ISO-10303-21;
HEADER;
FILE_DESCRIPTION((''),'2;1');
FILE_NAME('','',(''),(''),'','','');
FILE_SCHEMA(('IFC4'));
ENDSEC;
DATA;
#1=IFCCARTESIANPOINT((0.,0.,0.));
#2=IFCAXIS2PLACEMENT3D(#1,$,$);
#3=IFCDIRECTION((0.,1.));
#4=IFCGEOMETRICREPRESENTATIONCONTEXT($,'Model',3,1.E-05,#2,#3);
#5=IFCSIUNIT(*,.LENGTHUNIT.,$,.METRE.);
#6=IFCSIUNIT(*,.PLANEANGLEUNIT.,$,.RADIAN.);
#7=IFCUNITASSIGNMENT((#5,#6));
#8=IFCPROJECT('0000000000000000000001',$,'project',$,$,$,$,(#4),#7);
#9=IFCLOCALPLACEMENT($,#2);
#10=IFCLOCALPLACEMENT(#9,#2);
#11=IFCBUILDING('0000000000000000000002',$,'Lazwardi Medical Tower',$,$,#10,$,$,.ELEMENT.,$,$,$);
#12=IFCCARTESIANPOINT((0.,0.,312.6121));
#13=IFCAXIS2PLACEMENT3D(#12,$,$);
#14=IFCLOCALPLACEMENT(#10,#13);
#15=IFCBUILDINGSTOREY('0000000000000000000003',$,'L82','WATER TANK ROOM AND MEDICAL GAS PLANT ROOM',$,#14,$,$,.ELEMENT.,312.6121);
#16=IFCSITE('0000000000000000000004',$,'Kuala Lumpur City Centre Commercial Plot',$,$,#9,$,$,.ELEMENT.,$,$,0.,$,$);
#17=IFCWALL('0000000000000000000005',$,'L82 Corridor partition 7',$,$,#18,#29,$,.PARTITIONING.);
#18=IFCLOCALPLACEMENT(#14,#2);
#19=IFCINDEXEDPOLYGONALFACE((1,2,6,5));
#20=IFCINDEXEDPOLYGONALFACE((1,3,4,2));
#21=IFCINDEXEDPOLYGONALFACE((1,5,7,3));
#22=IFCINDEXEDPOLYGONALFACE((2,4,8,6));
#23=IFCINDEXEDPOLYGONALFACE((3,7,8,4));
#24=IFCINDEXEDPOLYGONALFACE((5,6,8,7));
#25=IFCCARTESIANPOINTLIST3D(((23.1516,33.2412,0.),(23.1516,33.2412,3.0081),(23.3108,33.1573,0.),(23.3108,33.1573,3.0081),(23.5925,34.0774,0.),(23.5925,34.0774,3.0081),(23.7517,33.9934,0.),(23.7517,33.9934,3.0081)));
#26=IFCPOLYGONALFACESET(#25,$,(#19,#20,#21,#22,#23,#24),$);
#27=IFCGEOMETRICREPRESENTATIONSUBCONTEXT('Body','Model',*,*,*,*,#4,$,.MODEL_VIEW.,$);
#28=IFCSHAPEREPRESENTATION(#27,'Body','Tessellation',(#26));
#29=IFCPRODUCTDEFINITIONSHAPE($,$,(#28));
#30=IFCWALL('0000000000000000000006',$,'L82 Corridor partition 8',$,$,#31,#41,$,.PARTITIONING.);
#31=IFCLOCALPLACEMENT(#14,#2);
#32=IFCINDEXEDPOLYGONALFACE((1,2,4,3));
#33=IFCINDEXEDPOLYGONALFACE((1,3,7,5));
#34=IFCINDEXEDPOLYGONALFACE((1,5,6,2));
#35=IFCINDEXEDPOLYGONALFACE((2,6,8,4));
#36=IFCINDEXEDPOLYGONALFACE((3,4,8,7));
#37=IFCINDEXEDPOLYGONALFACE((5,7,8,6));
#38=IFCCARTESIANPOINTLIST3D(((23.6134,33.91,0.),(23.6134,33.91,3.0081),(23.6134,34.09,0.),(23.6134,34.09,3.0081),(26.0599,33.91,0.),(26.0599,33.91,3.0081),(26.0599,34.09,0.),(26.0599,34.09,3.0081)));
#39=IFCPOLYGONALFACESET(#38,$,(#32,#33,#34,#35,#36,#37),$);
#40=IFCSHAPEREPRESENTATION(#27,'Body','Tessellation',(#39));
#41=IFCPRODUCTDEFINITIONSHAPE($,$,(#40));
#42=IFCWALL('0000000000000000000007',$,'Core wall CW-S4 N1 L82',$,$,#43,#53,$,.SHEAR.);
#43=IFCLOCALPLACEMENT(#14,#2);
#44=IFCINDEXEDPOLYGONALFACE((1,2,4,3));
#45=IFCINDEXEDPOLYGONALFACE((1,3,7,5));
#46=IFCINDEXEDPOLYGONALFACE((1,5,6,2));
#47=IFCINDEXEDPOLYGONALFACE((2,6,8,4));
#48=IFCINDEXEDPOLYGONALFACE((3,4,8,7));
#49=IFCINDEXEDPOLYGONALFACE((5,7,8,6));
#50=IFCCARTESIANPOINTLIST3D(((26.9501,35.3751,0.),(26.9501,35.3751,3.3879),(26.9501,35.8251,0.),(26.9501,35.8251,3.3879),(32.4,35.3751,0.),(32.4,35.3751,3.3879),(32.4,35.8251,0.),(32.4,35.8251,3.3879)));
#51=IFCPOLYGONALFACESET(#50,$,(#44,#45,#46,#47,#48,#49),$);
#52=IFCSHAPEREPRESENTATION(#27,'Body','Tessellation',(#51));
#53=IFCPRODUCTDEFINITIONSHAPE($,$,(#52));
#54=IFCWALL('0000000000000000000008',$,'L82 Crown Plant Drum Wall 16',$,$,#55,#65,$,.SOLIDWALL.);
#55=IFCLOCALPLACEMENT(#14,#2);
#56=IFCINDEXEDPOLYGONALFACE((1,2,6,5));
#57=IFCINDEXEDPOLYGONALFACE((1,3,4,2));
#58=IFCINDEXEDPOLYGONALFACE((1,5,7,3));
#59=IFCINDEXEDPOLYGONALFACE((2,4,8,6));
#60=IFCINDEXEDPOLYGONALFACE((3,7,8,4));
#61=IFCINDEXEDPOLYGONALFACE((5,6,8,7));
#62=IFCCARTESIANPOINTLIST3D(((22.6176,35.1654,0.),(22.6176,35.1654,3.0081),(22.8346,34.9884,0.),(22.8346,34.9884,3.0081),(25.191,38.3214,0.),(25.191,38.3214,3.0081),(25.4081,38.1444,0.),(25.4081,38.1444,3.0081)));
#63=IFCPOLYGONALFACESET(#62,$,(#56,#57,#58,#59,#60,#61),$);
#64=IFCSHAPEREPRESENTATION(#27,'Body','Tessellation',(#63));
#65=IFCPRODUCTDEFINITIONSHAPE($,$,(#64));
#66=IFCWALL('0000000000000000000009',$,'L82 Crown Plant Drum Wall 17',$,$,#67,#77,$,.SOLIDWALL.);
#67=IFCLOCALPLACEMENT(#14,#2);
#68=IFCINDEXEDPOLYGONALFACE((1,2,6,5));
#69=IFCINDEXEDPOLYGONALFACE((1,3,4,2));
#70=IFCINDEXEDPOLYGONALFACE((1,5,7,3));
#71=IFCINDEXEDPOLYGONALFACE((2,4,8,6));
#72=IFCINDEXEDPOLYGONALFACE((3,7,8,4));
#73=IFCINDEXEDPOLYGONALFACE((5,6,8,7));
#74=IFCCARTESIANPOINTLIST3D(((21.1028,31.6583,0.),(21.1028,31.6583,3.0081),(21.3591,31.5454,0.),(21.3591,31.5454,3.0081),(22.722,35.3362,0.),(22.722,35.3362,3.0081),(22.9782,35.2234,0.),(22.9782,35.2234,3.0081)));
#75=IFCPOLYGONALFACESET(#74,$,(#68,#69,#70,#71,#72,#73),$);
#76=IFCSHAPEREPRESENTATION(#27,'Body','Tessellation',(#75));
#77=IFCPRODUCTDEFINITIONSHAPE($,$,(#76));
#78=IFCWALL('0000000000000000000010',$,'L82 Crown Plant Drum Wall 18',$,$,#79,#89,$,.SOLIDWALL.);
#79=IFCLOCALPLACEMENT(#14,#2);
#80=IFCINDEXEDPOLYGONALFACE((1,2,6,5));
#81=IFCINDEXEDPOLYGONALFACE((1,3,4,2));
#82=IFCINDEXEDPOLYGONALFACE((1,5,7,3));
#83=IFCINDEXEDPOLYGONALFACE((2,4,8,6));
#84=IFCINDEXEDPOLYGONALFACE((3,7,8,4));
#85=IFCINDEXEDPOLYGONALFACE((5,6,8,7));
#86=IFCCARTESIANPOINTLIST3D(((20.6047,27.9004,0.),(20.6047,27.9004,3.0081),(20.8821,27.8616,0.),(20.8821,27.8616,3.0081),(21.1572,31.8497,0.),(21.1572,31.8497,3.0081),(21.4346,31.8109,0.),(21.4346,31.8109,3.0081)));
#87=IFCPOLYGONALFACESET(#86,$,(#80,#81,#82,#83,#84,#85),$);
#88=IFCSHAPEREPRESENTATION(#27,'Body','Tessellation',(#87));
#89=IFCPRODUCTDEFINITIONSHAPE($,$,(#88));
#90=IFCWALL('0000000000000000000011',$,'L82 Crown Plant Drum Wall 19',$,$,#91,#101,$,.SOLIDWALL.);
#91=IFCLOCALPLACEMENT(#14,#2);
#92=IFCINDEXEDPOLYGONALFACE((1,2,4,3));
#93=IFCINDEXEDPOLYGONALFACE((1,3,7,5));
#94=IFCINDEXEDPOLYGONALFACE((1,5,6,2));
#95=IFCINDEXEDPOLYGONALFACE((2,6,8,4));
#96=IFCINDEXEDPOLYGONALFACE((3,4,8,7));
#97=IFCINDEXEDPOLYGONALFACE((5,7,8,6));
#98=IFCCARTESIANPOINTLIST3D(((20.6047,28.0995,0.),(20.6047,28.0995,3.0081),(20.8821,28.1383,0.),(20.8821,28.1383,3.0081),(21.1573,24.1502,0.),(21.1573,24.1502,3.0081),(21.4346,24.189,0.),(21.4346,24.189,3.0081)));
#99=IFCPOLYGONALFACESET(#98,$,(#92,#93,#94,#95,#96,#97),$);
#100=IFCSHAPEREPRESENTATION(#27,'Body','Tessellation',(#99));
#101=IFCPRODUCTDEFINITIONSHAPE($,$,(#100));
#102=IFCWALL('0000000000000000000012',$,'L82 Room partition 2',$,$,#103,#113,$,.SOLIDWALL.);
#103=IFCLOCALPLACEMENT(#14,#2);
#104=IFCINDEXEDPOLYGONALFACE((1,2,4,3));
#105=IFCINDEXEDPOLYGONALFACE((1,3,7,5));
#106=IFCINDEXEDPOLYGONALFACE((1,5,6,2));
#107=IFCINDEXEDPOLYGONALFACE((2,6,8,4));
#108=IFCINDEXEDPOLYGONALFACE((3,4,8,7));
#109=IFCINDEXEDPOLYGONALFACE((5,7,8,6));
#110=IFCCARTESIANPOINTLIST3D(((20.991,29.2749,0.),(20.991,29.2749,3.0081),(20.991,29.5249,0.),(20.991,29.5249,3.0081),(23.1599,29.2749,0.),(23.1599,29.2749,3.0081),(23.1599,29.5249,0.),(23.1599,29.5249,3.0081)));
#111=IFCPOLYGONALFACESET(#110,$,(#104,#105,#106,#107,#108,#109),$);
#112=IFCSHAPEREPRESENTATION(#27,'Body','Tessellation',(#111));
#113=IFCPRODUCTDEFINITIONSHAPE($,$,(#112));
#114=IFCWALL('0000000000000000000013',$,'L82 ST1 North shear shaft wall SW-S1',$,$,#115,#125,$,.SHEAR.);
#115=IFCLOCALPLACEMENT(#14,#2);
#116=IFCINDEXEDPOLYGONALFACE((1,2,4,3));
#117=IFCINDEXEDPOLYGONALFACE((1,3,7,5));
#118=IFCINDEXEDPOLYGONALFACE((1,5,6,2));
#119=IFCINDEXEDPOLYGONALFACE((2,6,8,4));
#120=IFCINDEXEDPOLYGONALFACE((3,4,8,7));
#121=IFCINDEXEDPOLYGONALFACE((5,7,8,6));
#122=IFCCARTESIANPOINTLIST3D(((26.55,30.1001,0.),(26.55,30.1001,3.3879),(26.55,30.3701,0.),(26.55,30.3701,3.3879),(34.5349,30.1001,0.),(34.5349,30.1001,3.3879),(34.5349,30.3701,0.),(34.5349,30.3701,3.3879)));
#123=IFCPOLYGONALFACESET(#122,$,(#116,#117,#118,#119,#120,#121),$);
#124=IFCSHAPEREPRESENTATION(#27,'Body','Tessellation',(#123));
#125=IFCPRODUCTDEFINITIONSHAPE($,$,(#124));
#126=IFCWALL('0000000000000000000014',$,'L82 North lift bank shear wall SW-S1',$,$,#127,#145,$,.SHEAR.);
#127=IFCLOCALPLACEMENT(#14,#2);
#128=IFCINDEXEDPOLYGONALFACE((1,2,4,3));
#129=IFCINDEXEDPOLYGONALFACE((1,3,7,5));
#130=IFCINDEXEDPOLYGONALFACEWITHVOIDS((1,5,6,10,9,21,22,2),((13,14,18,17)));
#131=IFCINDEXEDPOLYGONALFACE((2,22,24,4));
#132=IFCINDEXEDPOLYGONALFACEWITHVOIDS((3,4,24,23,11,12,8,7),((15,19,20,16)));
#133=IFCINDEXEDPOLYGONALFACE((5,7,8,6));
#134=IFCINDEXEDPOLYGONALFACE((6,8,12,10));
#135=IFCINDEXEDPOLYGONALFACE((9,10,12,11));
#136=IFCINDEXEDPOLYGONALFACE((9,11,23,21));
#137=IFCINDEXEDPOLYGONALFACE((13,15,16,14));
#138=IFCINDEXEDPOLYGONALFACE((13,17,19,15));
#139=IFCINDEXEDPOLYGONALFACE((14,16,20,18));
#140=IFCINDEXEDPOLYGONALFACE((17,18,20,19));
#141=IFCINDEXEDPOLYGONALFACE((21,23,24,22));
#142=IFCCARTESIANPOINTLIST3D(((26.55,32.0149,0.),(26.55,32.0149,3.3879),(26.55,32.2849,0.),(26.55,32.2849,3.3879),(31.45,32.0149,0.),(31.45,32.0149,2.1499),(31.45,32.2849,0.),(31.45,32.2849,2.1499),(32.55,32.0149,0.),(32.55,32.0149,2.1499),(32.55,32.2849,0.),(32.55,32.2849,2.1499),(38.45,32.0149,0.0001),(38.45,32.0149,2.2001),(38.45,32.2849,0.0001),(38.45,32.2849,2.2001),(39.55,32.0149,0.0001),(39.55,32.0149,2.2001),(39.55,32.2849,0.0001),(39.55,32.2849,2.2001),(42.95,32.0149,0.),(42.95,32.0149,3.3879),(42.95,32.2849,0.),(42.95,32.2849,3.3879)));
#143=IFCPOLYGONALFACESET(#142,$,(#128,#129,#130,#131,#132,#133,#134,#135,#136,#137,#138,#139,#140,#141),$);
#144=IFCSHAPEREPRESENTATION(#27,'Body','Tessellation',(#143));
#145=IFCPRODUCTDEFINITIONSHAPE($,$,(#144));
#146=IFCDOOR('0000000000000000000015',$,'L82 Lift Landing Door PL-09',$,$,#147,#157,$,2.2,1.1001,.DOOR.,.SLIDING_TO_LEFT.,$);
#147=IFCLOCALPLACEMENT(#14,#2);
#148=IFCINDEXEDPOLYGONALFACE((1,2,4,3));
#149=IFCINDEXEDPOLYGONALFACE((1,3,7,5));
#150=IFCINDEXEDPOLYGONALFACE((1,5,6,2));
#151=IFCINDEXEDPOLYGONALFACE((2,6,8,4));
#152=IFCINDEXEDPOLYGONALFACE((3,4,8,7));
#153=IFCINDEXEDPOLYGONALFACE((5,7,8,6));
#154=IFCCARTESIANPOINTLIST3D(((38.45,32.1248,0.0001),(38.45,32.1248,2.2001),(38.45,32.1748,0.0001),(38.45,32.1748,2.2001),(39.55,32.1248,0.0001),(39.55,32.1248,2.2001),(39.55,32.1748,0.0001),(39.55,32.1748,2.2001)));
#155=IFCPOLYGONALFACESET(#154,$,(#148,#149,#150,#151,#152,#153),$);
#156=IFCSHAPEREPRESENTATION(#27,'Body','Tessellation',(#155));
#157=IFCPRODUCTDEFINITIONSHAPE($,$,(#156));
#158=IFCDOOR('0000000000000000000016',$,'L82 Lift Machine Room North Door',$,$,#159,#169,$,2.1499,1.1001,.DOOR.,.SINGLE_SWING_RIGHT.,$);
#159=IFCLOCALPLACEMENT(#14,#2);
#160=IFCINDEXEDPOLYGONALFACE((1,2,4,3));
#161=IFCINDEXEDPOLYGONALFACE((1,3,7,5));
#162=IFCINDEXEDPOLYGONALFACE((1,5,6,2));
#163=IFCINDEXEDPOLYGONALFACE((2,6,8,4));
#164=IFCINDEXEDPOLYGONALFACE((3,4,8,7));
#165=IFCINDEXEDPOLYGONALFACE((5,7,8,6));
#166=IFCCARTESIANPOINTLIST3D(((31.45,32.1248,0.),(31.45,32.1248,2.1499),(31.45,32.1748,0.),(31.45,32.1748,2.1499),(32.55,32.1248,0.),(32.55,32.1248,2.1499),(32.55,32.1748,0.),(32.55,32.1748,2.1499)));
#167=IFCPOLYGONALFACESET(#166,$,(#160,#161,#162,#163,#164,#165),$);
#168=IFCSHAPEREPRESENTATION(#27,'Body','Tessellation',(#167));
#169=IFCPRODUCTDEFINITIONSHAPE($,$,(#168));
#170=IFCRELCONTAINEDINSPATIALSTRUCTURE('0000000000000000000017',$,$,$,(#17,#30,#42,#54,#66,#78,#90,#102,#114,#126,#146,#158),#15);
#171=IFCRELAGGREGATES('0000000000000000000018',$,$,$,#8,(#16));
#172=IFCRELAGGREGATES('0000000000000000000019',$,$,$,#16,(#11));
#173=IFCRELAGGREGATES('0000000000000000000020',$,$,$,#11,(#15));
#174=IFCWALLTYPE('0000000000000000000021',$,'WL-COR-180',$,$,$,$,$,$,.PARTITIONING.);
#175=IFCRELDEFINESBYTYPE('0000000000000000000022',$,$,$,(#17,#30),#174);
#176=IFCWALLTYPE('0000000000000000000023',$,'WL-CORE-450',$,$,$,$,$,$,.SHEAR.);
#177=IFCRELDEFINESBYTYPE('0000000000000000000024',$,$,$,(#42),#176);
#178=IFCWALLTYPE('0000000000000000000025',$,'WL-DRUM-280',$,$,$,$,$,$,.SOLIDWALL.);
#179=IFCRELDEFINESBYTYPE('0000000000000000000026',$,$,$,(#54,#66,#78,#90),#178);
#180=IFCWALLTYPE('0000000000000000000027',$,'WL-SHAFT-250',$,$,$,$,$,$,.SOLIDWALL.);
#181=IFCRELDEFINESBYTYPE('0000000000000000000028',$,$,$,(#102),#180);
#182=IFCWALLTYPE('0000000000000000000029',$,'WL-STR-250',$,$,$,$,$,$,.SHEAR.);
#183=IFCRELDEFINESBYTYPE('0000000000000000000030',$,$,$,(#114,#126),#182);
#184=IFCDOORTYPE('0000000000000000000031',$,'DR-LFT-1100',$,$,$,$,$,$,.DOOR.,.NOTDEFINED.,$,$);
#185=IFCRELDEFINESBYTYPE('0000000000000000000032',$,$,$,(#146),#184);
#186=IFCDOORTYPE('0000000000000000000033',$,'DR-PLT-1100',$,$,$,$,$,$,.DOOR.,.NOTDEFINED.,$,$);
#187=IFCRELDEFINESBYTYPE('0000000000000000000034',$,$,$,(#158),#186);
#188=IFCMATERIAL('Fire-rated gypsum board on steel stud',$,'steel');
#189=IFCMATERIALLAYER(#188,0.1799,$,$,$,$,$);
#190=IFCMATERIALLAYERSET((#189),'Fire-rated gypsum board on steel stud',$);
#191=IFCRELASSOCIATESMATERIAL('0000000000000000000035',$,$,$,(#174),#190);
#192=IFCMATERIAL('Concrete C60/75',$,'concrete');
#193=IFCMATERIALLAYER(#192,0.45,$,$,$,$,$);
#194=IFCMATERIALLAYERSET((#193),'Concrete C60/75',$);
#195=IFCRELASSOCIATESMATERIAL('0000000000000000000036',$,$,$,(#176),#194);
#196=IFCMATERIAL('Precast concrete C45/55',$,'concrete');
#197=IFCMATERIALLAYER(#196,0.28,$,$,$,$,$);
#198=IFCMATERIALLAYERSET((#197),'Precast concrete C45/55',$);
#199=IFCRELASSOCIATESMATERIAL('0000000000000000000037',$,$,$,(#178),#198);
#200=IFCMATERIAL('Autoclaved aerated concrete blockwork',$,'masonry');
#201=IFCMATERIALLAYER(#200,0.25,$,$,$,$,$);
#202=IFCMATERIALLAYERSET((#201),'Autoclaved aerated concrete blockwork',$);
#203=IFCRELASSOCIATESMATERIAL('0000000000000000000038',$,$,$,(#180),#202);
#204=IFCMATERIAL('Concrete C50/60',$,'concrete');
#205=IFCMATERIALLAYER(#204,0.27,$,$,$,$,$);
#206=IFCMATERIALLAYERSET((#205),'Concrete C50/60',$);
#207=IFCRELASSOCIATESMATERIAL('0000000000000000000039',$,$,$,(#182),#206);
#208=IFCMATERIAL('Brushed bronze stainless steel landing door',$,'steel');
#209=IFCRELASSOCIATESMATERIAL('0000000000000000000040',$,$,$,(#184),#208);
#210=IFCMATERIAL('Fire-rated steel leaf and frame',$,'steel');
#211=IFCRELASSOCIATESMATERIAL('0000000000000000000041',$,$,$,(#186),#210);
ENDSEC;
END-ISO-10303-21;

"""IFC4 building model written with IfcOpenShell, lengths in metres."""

from ifc_helpers import new_model, si_unit, direction, frame, frame_2d, origin, place, context, subcontext, project, spatial, rectangle, extrude, material, layer, layer_set, type_object, element, fill, save


model = new_model("IFC4")

# Units and contexts
model_context = context("Model", 3, precision=1e-05, world=origin(), true_north=direction((0.0, 1.0)))
body_context = subcontext(model_context, "Body", "Model", "MODEL_VIEW")
ifc_project = project(units=[si_unit("LENGTHUNIT", "METRE"), si_unit("PLANEANGLEUNIT", "RADIAN")], contexts=[model_context])

# Site, building, storey
site_placement = place(None, origin())
site = spatial("IfcSite", under=ifc_project, at=site_placement, Name="Kuala Lumpur City Centre Commercial Plot", CompositionType="ELEMENT", RefElevation=0.0)
building_placement = place(site_placement, origin())
building = spatial("IfcBuilding", under=site, at=building_placement, Name="Lazwardi Medical Tower", CompositionType="ELEMENT")
storey_placement = place(building_placement, frame((0.0, 0.0, 312.6121)))
storey = spatial("IfcBuildingStorey", under=building, at=storey_placement, Name="L82", Description="WATER TANK ROOM AND MEDICAL GAS PLANT ROOM", CompositionType="ELEMENT", Elevation=312.6121)

# Shared definitions
ifc_material_1 = material(Name="Concrete C60/75", Category="concrete")

# Walls
ifc_material_2 = material(Name="Fire-rated gypsum board on steel stud", Category="steel")
ifc_layer_1 = layer(ifc_material_2, 0.1799)
ifc_layer_set_1 = layer_set([ifc_layer_1], Name="Fire-rated gypsum board on steel stud")
wall_type_1 = type_object("IfcWallType", Name="WL-COR-180", PredefinedType="PARTITIONING", material=ifc_layer_set_1)
wall_1_placement = place(storey_placement, frame((23.2312, 33.1992, 0.0), z_axis=(0.0, 0.0, 1.0), x_axis=(0.466428, 0.884559, 0.0)))
element("IfcWall", 1, at=wall_1_placement, inside=storey, type_object=wall_type_1, Name="L82 Corridor partition 7", PredefinedType="PARTITIONING", context=body_context, shape_type="SweptSolid", body=[
    extrude(rectangle(XDim=0.9453, YDim=0.1799, at=frame_2d((0.4727, 0.0))), origin(), (0.0, 0.0, 1.0), 3.0081),
])
wall_2_placement = place(storey_placement, frame((23.6135, 34.0, 0.0), z_axis=(0.0, 0.0, 1.0), x_axis=(1.0, 0.0, 0.0)))
element("IfcWall", 2, at=wall_2_placement, inside=storey, type_object=wall_type_1, Name="L82 Corridor partition 8", PredefinedType="PARTITIONING", context=body_context, shape_type="SweptSolid", body=[
    extrude(rectangle(XDim=2.4465, YDim=0.1799, at=frame_2d((1.2231, 0.0))), origin(), (0.0, 0.0, 1.0), 3.0081),
])
ifc_layer_2 = layer(ifc_material_1, 0.45)
ifc_layer_set_2 = layer_set([ifc_layer_2], Name="Concrete C60/75")
wall_type_2 = type_object("IfcWallType", Name="WL-CORE-450", PredefinedType="SHEAR", material=ifc_layer_set_2)
wall_3_placement = place(storey_placement, frame((26.95, 35.6001, 0.0), z_axis=(0.0, 0.0, 1.0), x_axis=(1.0, 0.0, 0.0)))
element("IfcWall", 3, at=wall_3_placement, inside=storey, type_object=wall_type_2, Name="Core wall CW-S4 N1 L82", PredefinedType="SHEAR", context=body_context, shape_type="SweptSolid", body=[
    extrude(rectangle(XDim=5.45, YDim=0.45, at=frame_2d((2.7251, 0.0))), origin(), (0.0, 0.0, 1.0), 3.3879),
])
ifc_material_3 = material(Name="Precast concrete C45/55", Category="concrete")
ifc_layer_3 = layer(ifc_material_3, 0.28)
ifc_layer_set_3 = layer_set([ifc_layer_3], Name="Precast concrete C45/55")
wall_type_3 = type_object("IfcWallType", Name="WL-DRUM-280", PredefinedType="SOLIDWALL", material=ifc_layer_set_3)
wall_4_placement = place(storey_placement, frame((25.2996, 38.2329, 0.0), z_axis=(0.0, 0.0, 1.0), x_axis=(-0.631957, -0.775003, 0.0)))
element("IfcWall", 4, at=wall_4_placement, inside=storey, type_object=wall_type_3, Name="L82 Crown Plant Drum Wall 16", PredefinedType="SOLIDWALL", context=body_context, shape_type="SweptSolid", body=[
    extrude(rectangle(XDim=4.0723, YDim=0.28, at=frame_2d((2.0361, 0.0))), origin(), (0.0, 0.0, 1.0), 3.0081),
])
wall_5_placement = place(storey_placement, frame((22.8501, 35.2798, 0.0), z_axis=(0.0, 0.0, 1.0), x_axis=(-0.402912, -0.915239, 0.0)))
element("IfcWall", 5, at=wall_5_placement, inside=storey, type_object=wall_type_3, Name="L82 Crown Plant Drum Wall 17", PredefinedType="SOLIDWALL", context=body_context, shape_type="SweptSolid", body=[
    extrude(rectangle(XDim=4.0186, YDim=0.28, at=frame_2d((2.0093, 0.0))), origin(), (0.0, 0.0, 1.0), 3.0081),
])
for number, where, z_axis, x_axis, name in (
    (6, (21.2959, 31.8303, 0.0), (0.0, 0.0, 1.0), (-0.138549, -0.990356, 0.0), "L82 Crown Plant Drum Wall 18"),
    (7, (20.7434, 28.1189, 0.0), (0.0, 0.0, 1.0), (0.138549, -0.990356, 0.0), "L82 Crown Plant Drum Wall 19"),
):
    element("IfcWall", number, at=place(storey_placement, frame(where, z_axis=z_axis, x_axis=x_axis)), inside=storey, type_object=wall_type_3, Name=name, PredefinedType="SOLIDWALL", context=body_context, shape_type="SweptSolid", body=[
        extrude(rectangle(XDim=3.9878, YDim=0.28, at=frame_2d((1.9939, 0.0))), origin(), (0.0, 0.0, 1.0), 3.0081),
    ])
ifc_material_4 = material(Name="Autoclaved aerated concrete blockwork", Category="masonry")
ifc_layer_4 = layer(ifc_material_4, 0.25)
ifc_layer_set_4 = layer_set([ifc_layer_4], Name="Autoclaved aerated concrete blockwork")
wall_type_4 = type_object("IfcWallType", Name="WL-SHAFT-250", PredefinedType="SOLIDWALL", material=ifc_layer_set_4)
wall_6_placement = place(storey_placement, frame((20.991, 29.3999, 0.0), z_axis=(0.0, 0.0, 1.0), x_axis=(1.0, 0.0, 0.0)))
element("IfcWall", 8, at=wall_6_placement, inside=storey, type_object=wall_type_4, Name="L82 Room partition 2", PredefinedType="SOLIDWALL", context=body_context, shape_type="SweptSolid", body=[
    extrude(rectangle(XDim=2.1689, YDim=0.25, at=frame_2d((1.0845, 0.0))), origin(), (0.0, 0.0, 1.0), 3.0081),
])
ifc_material_5 = material(Name="Concrete C50/60", Category="concrete")
ifc_layer_5 = layer(ifc_material_5, 0.27)
ifc_layer_set_5 = layer_set([ifc_layer_5], Name="Concrete C50/60")
wall_type_5 = type_object("IfcWallType", Name="WL-STR-250", PredefinedType="SHEAR", material=ifc_layer_set_5)
wall_7_placement = place(storey_placement, frame((26.55, 30.2351, 0.0), z_axis=(0.0, 0.0, 1.0), x_axis=(1.0, 0.0, 0.0)))
element("IfcWall", 9, at=wall_7_placement, inside=storey, type_object=wall_type_5, Name="L82 ST1 North shear shaft wall SW-S1", PredefinedType="SHEAR", context=body_context, shape_type="SweptSolid", body=[
    extrude(rectangle(XDim=7.9849, YDim=0.27, at=frame_2d((3.9924, 0.0))), origin(), (0.0, 0.0, 1.0), 3.3879),
])

# Wall, openings, doors
wall_8_placement = place(storey_placement, frame((26.55, 32.1499, 0.0), z_axis=(0.0, 0.0, 1.0), x_axis=(1.0, 0.0, 0.0)))
wall_8 = element("IfcWall", 10, at=wall_8_placement, inside=storey, type_object=wall_type_5, Name="L82 North lift bank shear wall SW-S1", PredefinedType="SHEAR", context=body_context, shape_type="SweptSolid", body=[
    extrude(rectangle(XDim=16.3999, YDim=0.27, at=frame_2d((8.2, 0.0))), origin(), (0.0, 0.0, 1.0), 3.3879),
])
opening_1_placement = place(wall_8_placement, frame((4.8999, 0.0, 0.0)))
opening_1 = element("IfcOpeningElement", 11, at=opening_1_placement, cuts=wall_8, PredefinedType="OPENING", context=body_context, shape_type="SweptSolid", body=[
    extrude(rectangle(XDim=1.1001, YDim=2.1499, at=frame_2d((0.55, 1.075))), frame((0.0, 0.145, 0.0), z_axis=(0.0, -1.0, 0.0), x_axis=(1.0, 0.0, 0.0)), (0.0, 0.0, 1.0), 0.29),
])
opening_2_placement = place(wall_8_placement, frame((11.8999, 0.0, 0.0)))
opening_2 = element("IfcOpeningElement", 12, at=opening_2_placement, cuts=wall_8, PredefinedType="OPENING", context=body_context, shape_type="SweptSolid", body=[
    extrude(rectangle(XDim=1.1001, YDim=2.2, at=frame_2d((0.55, 1.1001))), frame((0.0, 0.145, 0.0), z_axis=(0.0, -1.0, 0.0), x_axis=(1.0, 0.0, 0.0)), (0.0, 0.0, 1.0), 0.29),
])
ifc_material_6 = material(Name="Brushed bronze stainless steel landing door", Category="steel")
door_type_1 = type_object("IfcDoorType", Name="DR-LFT-1100", OperationType="NOTDEFINED", PredefinedType="DOOR", material=ifc_material_6)
door_1_placement = place(opening_2_placement, origin())
door_1 = element("IfcDoor", 13, at=door_1_placement, inside=storey, type_object=door_type_1, Name="L82 Lift Landing Door PL-09", OperationType="SLIDING_TO_LEFT", OverallHeight=2.2, OverallWidth=1.1001, PredefinedType="DOOR", context=body_context, shape_type="SweptSolid", body=[
    extrude(rectangle(XDim=1.1001, YDim=2.2, at=frame_2d((0.55, 1.1001))), frame((0.0, 0.0249, 0.0), z_axis=(0.0, -1.0, 0.0), x_axis=(1.0, 0.0, 0.0)), (0.0, 0.0, 1.0), 0.05),
])
fill(opening_2, door_1)
ifc_material_7 = material(Name="Fire-rated steel leaf and frame", Category="steel")
door_type_2 = type_object("IfcDoorType", Name="DR-PLT-1100", OperationType="NOTDEFINED", PredefinedType="DOOR", material=ifc_material_7)
door_2_placement = place(opening_1_placement, origin())
door_2 = element("IfcDoor", 14, at=door_2_placement, inside=storey, type_object=door_type_2, Name="L82 Lift Machine Room North Door", OperationType="SINGLE_SWING_RIGHT", OverallHeight=2.1499, OverallWidth=1.1001, PredefinedType="DOOR", context=body_context, shape_type="SweptSolid", body=[
    extrude(rectangle(XDim=1.1001, YDim=2.1499, at=frame_2d((0.55, 1.075))), frame((0.0, 0.0249, 0.0), z_axis=(0.0, -1.0, 0.0), x_axis=(1.0, 0.0, 0.0)), (0.0, 0.0, 1.0), 0.05),
])
fill(opening_1, door_2)

save(model, "model.ifc")
